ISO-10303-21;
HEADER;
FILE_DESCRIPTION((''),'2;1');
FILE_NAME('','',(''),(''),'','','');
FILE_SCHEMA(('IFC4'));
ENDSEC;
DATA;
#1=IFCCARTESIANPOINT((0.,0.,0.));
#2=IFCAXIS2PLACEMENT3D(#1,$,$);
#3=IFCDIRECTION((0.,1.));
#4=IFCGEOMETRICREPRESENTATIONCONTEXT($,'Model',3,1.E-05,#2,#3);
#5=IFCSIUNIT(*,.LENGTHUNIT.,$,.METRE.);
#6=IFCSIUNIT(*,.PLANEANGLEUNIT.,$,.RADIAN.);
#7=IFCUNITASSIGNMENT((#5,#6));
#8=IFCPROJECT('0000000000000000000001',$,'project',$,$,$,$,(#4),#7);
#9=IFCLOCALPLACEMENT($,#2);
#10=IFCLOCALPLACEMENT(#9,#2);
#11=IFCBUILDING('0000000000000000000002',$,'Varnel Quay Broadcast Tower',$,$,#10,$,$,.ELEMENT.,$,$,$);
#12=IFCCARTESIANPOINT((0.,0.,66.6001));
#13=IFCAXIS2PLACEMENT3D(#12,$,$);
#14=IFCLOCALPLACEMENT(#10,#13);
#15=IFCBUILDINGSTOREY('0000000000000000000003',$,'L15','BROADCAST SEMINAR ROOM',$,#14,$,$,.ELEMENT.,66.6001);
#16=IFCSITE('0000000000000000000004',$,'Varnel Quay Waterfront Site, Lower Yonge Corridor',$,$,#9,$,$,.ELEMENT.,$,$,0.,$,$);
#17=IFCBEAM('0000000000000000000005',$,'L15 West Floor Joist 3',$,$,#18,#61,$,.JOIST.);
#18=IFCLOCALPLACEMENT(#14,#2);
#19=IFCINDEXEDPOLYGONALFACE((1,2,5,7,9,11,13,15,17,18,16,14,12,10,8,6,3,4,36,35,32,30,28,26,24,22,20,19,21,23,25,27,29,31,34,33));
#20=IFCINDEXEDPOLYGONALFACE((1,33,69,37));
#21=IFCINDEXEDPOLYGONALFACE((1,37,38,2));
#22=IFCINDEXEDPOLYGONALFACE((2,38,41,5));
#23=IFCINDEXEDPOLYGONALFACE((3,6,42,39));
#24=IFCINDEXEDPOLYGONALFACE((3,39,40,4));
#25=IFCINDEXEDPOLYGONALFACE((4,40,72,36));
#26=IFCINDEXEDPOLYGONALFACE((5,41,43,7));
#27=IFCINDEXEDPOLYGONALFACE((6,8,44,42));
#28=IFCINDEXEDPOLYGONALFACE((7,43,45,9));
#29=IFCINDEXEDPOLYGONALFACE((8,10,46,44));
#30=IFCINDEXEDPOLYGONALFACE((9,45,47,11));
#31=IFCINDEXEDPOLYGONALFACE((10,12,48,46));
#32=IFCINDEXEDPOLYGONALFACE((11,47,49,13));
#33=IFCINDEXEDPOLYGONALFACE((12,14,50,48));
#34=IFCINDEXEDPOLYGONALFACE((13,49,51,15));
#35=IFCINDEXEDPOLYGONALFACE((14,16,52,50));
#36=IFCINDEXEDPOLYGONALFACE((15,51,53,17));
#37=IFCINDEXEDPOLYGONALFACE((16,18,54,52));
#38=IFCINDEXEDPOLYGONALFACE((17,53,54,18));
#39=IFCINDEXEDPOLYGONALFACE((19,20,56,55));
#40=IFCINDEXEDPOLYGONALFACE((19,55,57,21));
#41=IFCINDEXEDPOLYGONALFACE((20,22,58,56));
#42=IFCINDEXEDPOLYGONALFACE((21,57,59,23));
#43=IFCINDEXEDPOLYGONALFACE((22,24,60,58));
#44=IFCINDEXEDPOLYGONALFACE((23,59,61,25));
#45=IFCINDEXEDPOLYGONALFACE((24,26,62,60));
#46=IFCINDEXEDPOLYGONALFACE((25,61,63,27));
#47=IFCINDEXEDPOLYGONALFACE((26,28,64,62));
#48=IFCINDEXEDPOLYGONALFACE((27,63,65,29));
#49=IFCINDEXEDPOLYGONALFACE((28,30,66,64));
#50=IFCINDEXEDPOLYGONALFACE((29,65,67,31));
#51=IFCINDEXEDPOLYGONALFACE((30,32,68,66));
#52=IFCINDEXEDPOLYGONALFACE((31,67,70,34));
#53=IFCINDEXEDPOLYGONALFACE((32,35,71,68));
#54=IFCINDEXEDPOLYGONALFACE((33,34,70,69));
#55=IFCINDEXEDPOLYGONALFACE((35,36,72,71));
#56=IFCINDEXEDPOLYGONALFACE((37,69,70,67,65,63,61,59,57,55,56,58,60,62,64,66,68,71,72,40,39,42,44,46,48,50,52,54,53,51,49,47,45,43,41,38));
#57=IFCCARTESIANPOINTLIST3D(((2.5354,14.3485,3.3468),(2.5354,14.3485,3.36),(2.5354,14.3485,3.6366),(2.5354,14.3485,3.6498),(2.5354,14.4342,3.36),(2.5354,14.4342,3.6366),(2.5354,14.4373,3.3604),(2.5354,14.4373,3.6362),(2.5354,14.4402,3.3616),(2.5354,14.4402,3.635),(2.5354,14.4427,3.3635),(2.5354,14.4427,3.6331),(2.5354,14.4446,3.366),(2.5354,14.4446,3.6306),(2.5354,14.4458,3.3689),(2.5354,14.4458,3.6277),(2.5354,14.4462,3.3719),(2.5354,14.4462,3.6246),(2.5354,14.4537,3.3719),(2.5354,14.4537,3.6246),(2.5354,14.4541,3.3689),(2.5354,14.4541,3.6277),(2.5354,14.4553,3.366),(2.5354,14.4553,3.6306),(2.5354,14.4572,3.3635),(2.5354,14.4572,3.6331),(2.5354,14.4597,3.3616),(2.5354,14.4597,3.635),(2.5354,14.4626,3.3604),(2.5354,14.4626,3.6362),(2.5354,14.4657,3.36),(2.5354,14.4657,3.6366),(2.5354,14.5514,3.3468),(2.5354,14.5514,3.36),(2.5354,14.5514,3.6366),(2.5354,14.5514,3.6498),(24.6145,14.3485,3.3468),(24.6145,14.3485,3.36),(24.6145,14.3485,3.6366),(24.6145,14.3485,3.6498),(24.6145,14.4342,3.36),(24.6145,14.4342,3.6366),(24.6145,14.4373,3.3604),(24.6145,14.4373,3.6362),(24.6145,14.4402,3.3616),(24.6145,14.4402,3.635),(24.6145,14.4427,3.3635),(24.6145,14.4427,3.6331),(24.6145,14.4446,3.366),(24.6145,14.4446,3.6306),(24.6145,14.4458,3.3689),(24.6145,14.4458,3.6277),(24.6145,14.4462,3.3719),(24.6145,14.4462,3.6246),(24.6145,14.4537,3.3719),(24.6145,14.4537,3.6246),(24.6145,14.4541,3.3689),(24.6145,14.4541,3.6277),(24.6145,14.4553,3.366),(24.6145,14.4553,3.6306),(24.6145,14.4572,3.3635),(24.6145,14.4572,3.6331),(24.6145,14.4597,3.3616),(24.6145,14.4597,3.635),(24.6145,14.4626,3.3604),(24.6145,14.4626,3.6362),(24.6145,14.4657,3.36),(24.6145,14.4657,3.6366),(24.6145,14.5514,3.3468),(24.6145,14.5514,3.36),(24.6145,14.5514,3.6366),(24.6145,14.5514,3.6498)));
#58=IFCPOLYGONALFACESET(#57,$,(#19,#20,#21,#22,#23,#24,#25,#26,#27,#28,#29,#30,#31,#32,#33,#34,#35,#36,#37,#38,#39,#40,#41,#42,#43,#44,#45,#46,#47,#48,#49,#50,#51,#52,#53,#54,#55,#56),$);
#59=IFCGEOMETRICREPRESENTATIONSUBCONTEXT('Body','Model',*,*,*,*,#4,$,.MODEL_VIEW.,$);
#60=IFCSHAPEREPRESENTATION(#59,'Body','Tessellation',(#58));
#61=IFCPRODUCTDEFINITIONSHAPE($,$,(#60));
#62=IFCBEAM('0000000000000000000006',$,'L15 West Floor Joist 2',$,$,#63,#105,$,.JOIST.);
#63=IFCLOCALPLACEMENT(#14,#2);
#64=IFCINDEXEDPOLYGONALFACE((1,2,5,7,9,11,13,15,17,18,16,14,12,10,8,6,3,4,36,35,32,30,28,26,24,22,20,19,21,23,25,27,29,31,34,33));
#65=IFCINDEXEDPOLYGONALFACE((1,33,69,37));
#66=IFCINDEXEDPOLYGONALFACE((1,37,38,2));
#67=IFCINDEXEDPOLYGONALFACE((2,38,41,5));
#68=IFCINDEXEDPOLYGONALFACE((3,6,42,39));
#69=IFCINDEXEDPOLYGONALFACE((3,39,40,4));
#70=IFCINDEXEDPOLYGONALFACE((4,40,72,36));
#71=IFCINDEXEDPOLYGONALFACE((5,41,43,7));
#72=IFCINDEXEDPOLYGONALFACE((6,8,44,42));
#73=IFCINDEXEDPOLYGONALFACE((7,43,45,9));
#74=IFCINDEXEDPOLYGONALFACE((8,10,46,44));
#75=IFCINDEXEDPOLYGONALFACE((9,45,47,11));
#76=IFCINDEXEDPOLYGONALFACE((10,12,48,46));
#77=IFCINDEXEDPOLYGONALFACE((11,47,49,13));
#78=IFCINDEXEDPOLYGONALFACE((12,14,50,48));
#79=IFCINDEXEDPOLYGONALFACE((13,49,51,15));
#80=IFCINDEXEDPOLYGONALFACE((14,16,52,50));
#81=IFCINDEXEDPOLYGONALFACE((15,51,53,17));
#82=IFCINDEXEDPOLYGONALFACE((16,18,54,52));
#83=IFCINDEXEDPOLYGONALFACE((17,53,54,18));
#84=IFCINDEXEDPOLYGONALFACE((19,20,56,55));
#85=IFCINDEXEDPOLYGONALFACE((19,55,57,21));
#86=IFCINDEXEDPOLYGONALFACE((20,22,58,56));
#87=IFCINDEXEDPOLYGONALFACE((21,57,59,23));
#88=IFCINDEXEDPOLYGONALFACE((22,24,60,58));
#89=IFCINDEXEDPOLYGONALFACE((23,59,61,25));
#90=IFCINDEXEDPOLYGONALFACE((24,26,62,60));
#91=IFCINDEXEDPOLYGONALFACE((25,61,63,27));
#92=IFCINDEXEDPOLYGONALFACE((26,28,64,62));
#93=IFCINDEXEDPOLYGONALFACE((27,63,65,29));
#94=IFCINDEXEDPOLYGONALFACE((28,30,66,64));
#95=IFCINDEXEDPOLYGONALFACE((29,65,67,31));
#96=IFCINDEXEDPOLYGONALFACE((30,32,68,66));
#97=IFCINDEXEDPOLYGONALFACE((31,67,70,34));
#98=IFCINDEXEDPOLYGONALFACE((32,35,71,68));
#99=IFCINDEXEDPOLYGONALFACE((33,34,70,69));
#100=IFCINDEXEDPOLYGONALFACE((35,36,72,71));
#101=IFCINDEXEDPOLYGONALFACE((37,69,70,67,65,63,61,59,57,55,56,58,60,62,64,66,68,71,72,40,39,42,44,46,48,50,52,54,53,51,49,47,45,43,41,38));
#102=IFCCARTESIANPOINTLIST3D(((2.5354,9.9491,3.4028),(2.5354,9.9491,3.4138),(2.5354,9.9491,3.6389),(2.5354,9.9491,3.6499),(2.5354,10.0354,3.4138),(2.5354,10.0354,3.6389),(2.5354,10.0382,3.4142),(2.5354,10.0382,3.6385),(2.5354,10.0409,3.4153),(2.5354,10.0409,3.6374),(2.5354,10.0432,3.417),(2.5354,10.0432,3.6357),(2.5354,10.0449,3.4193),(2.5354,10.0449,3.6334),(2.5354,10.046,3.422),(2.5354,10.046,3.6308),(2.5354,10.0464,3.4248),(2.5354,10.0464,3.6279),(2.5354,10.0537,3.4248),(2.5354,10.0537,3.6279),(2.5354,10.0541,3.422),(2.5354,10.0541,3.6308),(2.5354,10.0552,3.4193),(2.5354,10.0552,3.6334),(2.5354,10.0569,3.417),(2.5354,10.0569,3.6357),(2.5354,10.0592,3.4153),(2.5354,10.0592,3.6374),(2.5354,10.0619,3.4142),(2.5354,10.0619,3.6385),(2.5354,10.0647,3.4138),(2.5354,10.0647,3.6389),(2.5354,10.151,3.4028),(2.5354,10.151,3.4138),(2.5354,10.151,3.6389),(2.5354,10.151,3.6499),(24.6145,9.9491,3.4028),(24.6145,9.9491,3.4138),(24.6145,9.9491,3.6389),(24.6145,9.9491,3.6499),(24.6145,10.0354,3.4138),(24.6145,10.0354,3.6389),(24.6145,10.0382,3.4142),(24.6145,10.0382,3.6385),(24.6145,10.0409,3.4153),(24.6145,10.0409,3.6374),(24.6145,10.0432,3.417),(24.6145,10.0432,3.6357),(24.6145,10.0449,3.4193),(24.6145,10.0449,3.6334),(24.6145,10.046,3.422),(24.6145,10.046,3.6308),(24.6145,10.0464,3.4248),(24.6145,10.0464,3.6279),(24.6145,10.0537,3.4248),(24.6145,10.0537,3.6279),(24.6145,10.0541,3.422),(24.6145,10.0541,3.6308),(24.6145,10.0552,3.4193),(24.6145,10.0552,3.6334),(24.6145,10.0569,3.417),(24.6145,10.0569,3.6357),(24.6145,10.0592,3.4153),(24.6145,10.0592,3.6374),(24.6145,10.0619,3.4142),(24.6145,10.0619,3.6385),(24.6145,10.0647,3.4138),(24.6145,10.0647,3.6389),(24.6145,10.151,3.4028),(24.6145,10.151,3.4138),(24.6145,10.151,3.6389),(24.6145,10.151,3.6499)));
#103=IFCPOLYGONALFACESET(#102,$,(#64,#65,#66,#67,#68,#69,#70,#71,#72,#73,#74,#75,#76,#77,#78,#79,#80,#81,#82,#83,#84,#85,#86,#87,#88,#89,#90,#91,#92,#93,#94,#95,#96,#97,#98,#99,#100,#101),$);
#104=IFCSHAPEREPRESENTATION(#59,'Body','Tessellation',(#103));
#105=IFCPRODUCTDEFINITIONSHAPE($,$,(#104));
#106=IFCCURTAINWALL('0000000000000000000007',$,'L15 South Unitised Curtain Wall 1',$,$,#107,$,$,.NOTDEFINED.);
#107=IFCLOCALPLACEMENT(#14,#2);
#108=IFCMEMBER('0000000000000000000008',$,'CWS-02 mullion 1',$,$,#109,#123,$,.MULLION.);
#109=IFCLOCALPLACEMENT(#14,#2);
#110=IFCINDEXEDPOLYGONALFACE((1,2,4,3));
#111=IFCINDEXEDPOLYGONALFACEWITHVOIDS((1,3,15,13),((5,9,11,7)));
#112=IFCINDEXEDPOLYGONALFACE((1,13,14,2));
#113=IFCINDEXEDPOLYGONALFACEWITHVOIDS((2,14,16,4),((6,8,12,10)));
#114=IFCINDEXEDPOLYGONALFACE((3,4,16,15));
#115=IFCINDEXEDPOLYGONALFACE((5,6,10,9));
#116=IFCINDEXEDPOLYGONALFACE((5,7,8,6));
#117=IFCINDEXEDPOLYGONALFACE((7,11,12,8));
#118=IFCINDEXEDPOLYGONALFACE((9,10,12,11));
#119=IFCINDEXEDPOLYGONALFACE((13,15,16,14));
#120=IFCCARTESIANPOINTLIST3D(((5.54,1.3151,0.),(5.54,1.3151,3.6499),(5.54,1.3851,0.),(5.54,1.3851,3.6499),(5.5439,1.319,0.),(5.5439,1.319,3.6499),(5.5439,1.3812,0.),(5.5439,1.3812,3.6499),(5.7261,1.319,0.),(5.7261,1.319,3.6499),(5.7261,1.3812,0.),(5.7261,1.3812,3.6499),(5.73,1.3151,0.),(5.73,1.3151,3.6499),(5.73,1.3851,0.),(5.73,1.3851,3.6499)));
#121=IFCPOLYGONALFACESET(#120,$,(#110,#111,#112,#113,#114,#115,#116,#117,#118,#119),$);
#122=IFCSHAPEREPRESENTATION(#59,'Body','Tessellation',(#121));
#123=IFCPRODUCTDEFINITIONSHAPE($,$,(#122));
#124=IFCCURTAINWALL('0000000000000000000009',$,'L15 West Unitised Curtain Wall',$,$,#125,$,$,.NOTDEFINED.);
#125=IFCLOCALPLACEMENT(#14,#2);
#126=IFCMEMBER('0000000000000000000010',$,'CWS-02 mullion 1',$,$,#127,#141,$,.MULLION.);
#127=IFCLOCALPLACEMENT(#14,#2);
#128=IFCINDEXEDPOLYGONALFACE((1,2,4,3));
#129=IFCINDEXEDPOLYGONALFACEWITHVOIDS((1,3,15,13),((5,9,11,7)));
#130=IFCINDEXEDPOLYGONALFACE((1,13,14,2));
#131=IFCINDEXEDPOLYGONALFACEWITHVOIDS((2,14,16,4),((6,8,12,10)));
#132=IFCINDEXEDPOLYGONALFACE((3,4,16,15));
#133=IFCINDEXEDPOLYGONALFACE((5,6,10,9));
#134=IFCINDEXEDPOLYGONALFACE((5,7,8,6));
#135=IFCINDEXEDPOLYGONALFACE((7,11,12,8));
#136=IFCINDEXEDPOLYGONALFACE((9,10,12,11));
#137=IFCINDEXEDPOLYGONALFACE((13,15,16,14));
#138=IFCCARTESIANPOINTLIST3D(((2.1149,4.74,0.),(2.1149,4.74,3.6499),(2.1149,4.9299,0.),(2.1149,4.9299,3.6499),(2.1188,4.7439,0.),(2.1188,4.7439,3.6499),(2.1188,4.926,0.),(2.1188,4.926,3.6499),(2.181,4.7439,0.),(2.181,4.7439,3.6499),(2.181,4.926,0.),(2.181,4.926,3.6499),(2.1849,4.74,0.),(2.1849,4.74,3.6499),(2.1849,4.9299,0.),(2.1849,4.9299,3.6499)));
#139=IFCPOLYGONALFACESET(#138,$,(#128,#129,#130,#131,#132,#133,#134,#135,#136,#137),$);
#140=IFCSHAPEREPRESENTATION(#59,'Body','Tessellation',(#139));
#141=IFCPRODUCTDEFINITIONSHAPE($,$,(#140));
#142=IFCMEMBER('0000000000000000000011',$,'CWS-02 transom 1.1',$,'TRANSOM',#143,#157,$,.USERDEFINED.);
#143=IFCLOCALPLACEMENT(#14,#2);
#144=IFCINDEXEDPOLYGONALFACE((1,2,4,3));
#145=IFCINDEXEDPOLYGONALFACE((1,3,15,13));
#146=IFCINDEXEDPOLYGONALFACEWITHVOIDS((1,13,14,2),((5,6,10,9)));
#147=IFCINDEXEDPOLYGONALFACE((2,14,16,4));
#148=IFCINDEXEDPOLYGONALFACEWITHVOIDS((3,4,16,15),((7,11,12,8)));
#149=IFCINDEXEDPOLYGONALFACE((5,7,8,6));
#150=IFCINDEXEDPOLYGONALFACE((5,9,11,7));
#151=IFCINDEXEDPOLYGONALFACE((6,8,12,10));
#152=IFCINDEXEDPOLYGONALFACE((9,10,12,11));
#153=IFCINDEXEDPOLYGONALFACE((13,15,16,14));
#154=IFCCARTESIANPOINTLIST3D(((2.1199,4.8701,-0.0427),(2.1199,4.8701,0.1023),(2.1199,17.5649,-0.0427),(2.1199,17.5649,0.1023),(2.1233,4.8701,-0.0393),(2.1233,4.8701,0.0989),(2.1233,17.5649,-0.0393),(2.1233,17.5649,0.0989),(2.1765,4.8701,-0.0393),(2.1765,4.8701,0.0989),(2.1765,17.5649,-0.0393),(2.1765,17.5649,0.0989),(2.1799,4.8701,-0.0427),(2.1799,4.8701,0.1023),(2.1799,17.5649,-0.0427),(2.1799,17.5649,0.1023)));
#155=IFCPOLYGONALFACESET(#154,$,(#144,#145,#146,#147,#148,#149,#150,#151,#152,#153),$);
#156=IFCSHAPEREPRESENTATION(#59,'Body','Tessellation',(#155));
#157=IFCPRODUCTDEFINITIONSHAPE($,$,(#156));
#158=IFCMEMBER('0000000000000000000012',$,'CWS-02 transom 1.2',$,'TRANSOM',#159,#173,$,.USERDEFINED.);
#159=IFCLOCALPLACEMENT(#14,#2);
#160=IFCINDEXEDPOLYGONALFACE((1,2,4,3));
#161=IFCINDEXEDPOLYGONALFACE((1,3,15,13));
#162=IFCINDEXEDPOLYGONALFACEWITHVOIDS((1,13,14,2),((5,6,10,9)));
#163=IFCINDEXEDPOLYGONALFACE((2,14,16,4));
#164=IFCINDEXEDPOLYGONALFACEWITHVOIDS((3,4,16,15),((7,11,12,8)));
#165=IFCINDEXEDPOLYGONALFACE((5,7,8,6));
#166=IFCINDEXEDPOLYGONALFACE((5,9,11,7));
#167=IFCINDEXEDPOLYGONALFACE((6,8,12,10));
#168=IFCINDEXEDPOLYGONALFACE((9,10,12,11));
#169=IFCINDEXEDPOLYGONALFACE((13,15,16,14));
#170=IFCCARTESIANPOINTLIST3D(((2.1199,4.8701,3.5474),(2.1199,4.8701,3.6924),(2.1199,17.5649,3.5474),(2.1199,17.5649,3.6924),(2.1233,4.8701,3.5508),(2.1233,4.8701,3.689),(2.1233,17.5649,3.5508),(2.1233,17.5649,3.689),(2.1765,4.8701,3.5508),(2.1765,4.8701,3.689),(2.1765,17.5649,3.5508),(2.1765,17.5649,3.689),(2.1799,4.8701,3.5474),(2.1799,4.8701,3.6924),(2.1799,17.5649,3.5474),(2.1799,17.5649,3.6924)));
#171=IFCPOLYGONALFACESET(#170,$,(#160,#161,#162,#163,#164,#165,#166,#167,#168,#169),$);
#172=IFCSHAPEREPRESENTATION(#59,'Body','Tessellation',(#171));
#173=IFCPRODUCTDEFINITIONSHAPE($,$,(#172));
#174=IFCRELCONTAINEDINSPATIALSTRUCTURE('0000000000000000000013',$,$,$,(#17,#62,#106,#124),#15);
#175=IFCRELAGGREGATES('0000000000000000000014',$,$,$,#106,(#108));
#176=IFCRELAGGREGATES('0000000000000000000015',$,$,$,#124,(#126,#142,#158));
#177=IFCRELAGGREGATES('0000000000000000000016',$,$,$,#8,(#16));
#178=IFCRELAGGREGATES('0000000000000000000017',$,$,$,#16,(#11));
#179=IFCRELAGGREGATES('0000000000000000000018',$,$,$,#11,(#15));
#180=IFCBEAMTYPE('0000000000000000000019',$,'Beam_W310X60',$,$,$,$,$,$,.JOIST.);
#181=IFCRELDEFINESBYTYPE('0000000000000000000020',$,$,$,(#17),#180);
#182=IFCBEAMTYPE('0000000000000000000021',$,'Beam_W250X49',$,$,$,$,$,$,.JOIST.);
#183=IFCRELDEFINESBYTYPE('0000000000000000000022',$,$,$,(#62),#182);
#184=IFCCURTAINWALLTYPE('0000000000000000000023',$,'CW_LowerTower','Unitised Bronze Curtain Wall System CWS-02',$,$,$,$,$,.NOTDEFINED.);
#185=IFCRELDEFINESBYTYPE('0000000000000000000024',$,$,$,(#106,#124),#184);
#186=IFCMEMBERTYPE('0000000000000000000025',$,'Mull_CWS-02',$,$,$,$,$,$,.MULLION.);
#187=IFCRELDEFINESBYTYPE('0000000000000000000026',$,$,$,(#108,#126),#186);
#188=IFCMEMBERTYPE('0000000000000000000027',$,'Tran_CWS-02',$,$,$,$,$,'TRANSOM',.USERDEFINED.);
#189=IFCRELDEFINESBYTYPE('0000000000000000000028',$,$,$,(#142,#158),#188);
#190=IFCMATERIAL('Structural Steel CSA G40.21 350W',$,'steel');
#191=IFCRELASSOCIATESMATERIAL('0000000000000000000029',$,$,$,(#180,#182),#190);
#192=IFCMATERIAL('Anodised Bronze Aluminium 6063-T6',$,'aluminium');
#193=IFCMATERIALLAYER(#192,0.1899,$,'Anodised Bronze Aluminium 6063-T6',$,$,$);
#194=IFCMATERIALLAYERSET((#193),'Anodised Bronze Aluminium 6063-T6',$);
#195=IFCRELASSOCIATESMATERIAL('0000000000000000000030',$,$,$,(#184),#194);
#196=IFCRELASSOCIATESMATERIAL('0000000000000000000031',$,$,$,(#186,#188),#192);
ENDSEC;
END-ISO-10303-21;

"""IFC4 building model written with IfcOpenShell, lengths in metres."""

from ifc_helpers import new_model, si_unit, direction, frame, origin, origin_2d, place, context, subcontext, project, spatial, hollow_rectangle, i_section, extrude, source, transform, mapped, material, layer, layer_set, material_profile, profile_set, type_object, type_shapes, element, aggregate, save


model = new_model("IFC4")

# Units and contexts
model_context = context("Model", 3, precision=1e-05, world=origin(), true_north=direction((0.0, 1.0)))
body_context = subcontext(model_context, "Body", "Model", "MODEL_VIEW")
ifc_project = project(units=[si_unit("LENGTHUNIT", "METRE"), si_unit("PLANEANGLEUNIT", "RADIAN")], contexts=[model_context])

# Site, building, storey
site_placement = place(None, origin())
site = spatial("IfcSite", under=ifc_project, at=site_placement, Name="Varnel Quay Waterfront Site, Lower Yonge Corridor", CompositionType="ELEMENT", RefElevation=0.0)
building_placement = place(site_placement, origin())
building = spatial("IfcBuilding", under=site, at=building_placement, Name="Varnel Quay Broadcast Tower", CompositionType="ELEMENT")
storey_placement = place(building_placement, frame((0.0, 0.0, 66.6001)))
storey = spatial("IfcBuildingStorey", under=building, at=storey_placement, Name="L15", Description="BROADCAST SEMINAR ROOM", CompositionType="ELEMENT", Elevation=66.6001)

# Beams
ifc_material_1 = material(Name="Structural Steel CSA G40.21 350W", Category="steel")
ifc_material_profile_1 = material_profile(ifc_material_1, i_section(OverallWidth=0.2029, OverallDepth=0.303, WebThickness=0.0076, FlangeThickness=0.0132, FilletRadius=0.012, at=origin_2d()), Name="W310X60")
ifc_profile_set_1 = profile_set([ifc_material_profile_1], Name="Structural Steel CSA G40.21 350W")
beam_type_1 = type_object("IfcBeamType", Name="Beam_W310X60", PredefinedType="JOIST", material=ifc_profile_set_1)
shared_shape_1 = source(origin(), body_context, "Body", "SweptSolid", [
    extrude(i_section(OverallWidth=0.2029, OverallDepth=0.303, WebThickness=0.0076, FlangeThickness=0.0132, FilletRadius=0.012, at=origin_2d()), origin(), (0.0, 0.0, 1.0), 22.0791),
])
type_shapes(beam_type_1, [shared_shape_1])
for number, where, z_axis, x_axis, name in (
    (1, (2.5354, 14.45, 3.4983), (1.0, 0.0, 0.0), (0.0, 1.0, 0.0), "L15 West Floor Joist 3"),
):
    element("IfcBeam", number, at=place(storey_placement, frame(where, z_axis=z_axis, x_axis=x_axis)), inside=storey, type_object=beam_type_1, Name=name, PredefinedType="JOIST", context=body_context, shape_type="MappedRepresentation", body=[
        mapped(shared_shape_1, transform((0.0, 0.0, 0.0), x_axis=(1.0, 0.0, 0.0), y_axis=(0.0, 1.0, 0.0), z_axis=(0.0, 0.0, 1.0), scale=1.0)),
    ])
ifc_material_profile_2 = material_profile(ifc_material_1, i_section(OverallWidth=0.2019, OverallDepth=0.2471, WebThickness=0.0073, FlangeThickness=0.011, FilletRadius=0.011, at=origin_2d()), Name="W250X49")
ifc_profile_set_2 = profile_set([ifc_material_profile_2], Name="Structural Steel CSA G40.21 350W")
beam_type_2 = type_object("IfcBeamType", Name="Beam_W250X49", PredefinedType="JOIST", material=ifc_profile_set_2)
shared_shape_2 = source(origin(), body_context, "Body", "SweptSolid", [
    extrude(i_section(OverallWidth=0.2019, OverallDepth=0.2471, WebThickness=0.0073, FlangeThickness=0.011, FilletRadius=0.011, at=origin_2d()), origin(), (0.0, 0.0, 1.0), 22.0791),
])
type_shapes(beam_type_2, [shared_shape_2])
beam_1_placement = place(storey_placement, frame((2.5354, 10.05, 3.5264), z_axis=(1.0, 0.0, 0.0), x_axis=(0.0, 1.0, 0.0)))
element("IfcBeam", 2, at=beam_1_placement, inside=storey, type_object=beam_type_2, Name="L15 West Floor Joist 2", PredefinedType="JOIST", context=body_context, shape_type="MappedRepresentation", body=[
    mapped(shared_shape_2, transform((0.0, 0.0, 0.0), x_axis=(1.0, 0.0, 0.0), y_axis=(0.0, 1.0, 0.0), z_axis=(0.0, 0.0, 1.0), scale=1.0)),
])

# Curtain wall, member
ifc_material_2 = material(Name="Anodised Bronze Aluminium 6063-T6", Category="aluminium")
ifc_layer_1 = layer(ifc_material_2, 0.1899, Name="Anodised Bronze Aluminium 6063-T6")
ifc_layer_set_1 = layer_set([ifc_layer_1], Name="Anodised Bronze Aluminium 6063-T6")
curtain_wall_type_1 = type_object("IfcCurtainWallType", Name="CW_LowerTower", Description="Unitised Bronze Curtain Wall System CWS-02", PredefinedType="NOTDEFINED", material=ifc_layer_set_1)
curtain_wall_1_placement = place(storey_placement, origin())
curtain_wall_1 = element("IfcCurtainWall", 3, at=curtain_wall_1_placement, inside=storey, type_object=curtain_wall_type_1, Name="L15 South Unitised Curtain Wall 1", PredefinedType="NOTDEFINED")
ifc_material_profile_3 = material_profile(ifc_material_2, hollow_rectangle(XDim=0.0701, YDim=0.1899, WallThickness=0.0039, at=origin_2d()), Name="ALU70X190X4")
ifc_profile_set_3 = profile_set([ifc_material_profile_3], Name="Anodised Bronze Aluminium 6063-T6")
member_type_1 = type_object("IfcMemberType", Name="Mull_CWS-02", PredefinedType="MULLION", material=ifc_profile_set_3)
shared_shape_3 = source(origin(), body_context, "Body", "SweptSolid", [
    extrude(hollow_rectangle(XDim=0.0701, YDim=0.1899, WallThickness=0.0039, at=origin_2d()), origin(), (0.0, 0.0, 1.0), 3.6499),
])
type_shapes(member_type_1, [shared_shape_3])
member_1_placement = place(storey_placement, frame((5.635, 1.3501, 0.0), z_axis=(0.0, 0.0, 1.0), x_axis=(0.0, 1.0, 0.0)))
member_1 = element("IfcMember", 4, at=member_1_placement, type_object=member_type_1, Name="CWS-02 mullion 1", PredefinedType="MULLION", context=body_context, shape_type="MappedRepresentation", body=[
    mapped(shared_shape_3, transform((0.0, 0.0, 0.0), x_axis=(1.0, 0.0, 0.0), y_axis=(0.0, 1.0, 0.0), z_axis=(0.0, 0.0, 1.0), scale=1.0)),
])
aggregate(curtain_wall_1, [member_1])

# Curtain wall, members
curtain_wall_2_placement = place(storey_placement, origin())
curtain_wall_2 = element("IfcCurtainWall", 5, at=curtain_wall_2_placement, inside=storey, type_object=curtain_wall_type_1, Name="L15 West Unitised Curtain Wall", PredefinedType="NOTDEFINED")
member_2_placement = place(storey_placement, frame((2.1499, 4.835, 0.0), z_axis=(0.0, 0.0, 1.0), x_axis=(-1.0, 0.0, 0.0)))
member_2 = element("IfcMember", 6, at=member_2_placement, type_object=member_type_1, Name="CWS-02 mullion 1", PredefinedType="MULLION", context=body_context, shape_type="MappedRepresentation", body=[
    mapped(shared_shape_3, transform((0.0, 0.0, 0.0), x_axis=(1.0, 0.0, 0.0), y_axis=(0.0, 1.0, 0.0), z_axis=(0.0, 0.0, 1.0), scale=1.0)),
])
ifc_material_profile_4 = material_profile(ifc_material_2, hollow_rectangle(XDim=0.0601, YDim=0.145, WallThickness=0.0034, at=origin_2d()), Name="ALU60X145X3.5")
ifc_profile_set_4 = profile_set([ifc_material_profile_4], Name="Anodised Bronze Aluminium 6063-T6")
member_type_2 = type_object("IfcMemberType", Name="Tran_CWS-02", ElementType="TRANSOM", PredefinedType="USERDEFINED", material=ifc_profile_set_4)
shared_shape_4 = source(origin(), body_context, "Body", "SweptSolid", [
    extrude(hollow_rectangle(XDim=0.0601, YDim=0.145, WallThickness=0.0034, at=origin_2d()), origin(), (0.0, 0.0, 1.0), 12.6948),
])
type_shapes(member_type_2, [shared_shape_4])
member_3_placement = place(storey_placement, frame((2.1499, 4.8701, 0.0298), z_axis=(0.0, 1.0, 0.0), x_axis=(-1.0, 0.0, 0.0)))
member_3 = element("IfcMember", 7, at=member_3_placement, type_object=member_type_2, Name="CWS-02 transom 1.1", ObjectType="TRANSOM", PredefinedType="USERDEFINED", context=body_context, shape_type="MappedRepresentation", body=[
    mapped(shared_shape_4, transform((0.0, 0.0, 0.0), x_axis=(1.0, 0.0, 0.0), y_axis=(0.0, 1.0, 0.0), z_axis=(0.0, 0.0, 1.0), scale=1.0)),
])
member_4_placement = place(storey_placement, frame((2.1499, 4.8701, 3.6199), z_axis=(0.0, 1.0, 0.0), x_axis=(-1.0, 0.0, 0.0)))
member_4 = element("IfcMember", 8, at=member_4_placement, type_object=member_type_2, Name="CWS-02 transom 1.2", ObjectType="TRANSOM", PredefinedType="USERDEFINED", context=body_context, shape_type="MappedRepresentation", body=[
    mapped(shared_shape_4, transform((0.0, 0.0, 0.0), x_axis=(1.0, 0.0, 0.0), y_axis=(0.0, 1.0, 0.0), z_axis=(0.0, 0.0, 1.0), scale=1.0)),
])

aggregate(curtain_wall_2, [member_2, member_3, member_4])

save(model, "model.ifc")
